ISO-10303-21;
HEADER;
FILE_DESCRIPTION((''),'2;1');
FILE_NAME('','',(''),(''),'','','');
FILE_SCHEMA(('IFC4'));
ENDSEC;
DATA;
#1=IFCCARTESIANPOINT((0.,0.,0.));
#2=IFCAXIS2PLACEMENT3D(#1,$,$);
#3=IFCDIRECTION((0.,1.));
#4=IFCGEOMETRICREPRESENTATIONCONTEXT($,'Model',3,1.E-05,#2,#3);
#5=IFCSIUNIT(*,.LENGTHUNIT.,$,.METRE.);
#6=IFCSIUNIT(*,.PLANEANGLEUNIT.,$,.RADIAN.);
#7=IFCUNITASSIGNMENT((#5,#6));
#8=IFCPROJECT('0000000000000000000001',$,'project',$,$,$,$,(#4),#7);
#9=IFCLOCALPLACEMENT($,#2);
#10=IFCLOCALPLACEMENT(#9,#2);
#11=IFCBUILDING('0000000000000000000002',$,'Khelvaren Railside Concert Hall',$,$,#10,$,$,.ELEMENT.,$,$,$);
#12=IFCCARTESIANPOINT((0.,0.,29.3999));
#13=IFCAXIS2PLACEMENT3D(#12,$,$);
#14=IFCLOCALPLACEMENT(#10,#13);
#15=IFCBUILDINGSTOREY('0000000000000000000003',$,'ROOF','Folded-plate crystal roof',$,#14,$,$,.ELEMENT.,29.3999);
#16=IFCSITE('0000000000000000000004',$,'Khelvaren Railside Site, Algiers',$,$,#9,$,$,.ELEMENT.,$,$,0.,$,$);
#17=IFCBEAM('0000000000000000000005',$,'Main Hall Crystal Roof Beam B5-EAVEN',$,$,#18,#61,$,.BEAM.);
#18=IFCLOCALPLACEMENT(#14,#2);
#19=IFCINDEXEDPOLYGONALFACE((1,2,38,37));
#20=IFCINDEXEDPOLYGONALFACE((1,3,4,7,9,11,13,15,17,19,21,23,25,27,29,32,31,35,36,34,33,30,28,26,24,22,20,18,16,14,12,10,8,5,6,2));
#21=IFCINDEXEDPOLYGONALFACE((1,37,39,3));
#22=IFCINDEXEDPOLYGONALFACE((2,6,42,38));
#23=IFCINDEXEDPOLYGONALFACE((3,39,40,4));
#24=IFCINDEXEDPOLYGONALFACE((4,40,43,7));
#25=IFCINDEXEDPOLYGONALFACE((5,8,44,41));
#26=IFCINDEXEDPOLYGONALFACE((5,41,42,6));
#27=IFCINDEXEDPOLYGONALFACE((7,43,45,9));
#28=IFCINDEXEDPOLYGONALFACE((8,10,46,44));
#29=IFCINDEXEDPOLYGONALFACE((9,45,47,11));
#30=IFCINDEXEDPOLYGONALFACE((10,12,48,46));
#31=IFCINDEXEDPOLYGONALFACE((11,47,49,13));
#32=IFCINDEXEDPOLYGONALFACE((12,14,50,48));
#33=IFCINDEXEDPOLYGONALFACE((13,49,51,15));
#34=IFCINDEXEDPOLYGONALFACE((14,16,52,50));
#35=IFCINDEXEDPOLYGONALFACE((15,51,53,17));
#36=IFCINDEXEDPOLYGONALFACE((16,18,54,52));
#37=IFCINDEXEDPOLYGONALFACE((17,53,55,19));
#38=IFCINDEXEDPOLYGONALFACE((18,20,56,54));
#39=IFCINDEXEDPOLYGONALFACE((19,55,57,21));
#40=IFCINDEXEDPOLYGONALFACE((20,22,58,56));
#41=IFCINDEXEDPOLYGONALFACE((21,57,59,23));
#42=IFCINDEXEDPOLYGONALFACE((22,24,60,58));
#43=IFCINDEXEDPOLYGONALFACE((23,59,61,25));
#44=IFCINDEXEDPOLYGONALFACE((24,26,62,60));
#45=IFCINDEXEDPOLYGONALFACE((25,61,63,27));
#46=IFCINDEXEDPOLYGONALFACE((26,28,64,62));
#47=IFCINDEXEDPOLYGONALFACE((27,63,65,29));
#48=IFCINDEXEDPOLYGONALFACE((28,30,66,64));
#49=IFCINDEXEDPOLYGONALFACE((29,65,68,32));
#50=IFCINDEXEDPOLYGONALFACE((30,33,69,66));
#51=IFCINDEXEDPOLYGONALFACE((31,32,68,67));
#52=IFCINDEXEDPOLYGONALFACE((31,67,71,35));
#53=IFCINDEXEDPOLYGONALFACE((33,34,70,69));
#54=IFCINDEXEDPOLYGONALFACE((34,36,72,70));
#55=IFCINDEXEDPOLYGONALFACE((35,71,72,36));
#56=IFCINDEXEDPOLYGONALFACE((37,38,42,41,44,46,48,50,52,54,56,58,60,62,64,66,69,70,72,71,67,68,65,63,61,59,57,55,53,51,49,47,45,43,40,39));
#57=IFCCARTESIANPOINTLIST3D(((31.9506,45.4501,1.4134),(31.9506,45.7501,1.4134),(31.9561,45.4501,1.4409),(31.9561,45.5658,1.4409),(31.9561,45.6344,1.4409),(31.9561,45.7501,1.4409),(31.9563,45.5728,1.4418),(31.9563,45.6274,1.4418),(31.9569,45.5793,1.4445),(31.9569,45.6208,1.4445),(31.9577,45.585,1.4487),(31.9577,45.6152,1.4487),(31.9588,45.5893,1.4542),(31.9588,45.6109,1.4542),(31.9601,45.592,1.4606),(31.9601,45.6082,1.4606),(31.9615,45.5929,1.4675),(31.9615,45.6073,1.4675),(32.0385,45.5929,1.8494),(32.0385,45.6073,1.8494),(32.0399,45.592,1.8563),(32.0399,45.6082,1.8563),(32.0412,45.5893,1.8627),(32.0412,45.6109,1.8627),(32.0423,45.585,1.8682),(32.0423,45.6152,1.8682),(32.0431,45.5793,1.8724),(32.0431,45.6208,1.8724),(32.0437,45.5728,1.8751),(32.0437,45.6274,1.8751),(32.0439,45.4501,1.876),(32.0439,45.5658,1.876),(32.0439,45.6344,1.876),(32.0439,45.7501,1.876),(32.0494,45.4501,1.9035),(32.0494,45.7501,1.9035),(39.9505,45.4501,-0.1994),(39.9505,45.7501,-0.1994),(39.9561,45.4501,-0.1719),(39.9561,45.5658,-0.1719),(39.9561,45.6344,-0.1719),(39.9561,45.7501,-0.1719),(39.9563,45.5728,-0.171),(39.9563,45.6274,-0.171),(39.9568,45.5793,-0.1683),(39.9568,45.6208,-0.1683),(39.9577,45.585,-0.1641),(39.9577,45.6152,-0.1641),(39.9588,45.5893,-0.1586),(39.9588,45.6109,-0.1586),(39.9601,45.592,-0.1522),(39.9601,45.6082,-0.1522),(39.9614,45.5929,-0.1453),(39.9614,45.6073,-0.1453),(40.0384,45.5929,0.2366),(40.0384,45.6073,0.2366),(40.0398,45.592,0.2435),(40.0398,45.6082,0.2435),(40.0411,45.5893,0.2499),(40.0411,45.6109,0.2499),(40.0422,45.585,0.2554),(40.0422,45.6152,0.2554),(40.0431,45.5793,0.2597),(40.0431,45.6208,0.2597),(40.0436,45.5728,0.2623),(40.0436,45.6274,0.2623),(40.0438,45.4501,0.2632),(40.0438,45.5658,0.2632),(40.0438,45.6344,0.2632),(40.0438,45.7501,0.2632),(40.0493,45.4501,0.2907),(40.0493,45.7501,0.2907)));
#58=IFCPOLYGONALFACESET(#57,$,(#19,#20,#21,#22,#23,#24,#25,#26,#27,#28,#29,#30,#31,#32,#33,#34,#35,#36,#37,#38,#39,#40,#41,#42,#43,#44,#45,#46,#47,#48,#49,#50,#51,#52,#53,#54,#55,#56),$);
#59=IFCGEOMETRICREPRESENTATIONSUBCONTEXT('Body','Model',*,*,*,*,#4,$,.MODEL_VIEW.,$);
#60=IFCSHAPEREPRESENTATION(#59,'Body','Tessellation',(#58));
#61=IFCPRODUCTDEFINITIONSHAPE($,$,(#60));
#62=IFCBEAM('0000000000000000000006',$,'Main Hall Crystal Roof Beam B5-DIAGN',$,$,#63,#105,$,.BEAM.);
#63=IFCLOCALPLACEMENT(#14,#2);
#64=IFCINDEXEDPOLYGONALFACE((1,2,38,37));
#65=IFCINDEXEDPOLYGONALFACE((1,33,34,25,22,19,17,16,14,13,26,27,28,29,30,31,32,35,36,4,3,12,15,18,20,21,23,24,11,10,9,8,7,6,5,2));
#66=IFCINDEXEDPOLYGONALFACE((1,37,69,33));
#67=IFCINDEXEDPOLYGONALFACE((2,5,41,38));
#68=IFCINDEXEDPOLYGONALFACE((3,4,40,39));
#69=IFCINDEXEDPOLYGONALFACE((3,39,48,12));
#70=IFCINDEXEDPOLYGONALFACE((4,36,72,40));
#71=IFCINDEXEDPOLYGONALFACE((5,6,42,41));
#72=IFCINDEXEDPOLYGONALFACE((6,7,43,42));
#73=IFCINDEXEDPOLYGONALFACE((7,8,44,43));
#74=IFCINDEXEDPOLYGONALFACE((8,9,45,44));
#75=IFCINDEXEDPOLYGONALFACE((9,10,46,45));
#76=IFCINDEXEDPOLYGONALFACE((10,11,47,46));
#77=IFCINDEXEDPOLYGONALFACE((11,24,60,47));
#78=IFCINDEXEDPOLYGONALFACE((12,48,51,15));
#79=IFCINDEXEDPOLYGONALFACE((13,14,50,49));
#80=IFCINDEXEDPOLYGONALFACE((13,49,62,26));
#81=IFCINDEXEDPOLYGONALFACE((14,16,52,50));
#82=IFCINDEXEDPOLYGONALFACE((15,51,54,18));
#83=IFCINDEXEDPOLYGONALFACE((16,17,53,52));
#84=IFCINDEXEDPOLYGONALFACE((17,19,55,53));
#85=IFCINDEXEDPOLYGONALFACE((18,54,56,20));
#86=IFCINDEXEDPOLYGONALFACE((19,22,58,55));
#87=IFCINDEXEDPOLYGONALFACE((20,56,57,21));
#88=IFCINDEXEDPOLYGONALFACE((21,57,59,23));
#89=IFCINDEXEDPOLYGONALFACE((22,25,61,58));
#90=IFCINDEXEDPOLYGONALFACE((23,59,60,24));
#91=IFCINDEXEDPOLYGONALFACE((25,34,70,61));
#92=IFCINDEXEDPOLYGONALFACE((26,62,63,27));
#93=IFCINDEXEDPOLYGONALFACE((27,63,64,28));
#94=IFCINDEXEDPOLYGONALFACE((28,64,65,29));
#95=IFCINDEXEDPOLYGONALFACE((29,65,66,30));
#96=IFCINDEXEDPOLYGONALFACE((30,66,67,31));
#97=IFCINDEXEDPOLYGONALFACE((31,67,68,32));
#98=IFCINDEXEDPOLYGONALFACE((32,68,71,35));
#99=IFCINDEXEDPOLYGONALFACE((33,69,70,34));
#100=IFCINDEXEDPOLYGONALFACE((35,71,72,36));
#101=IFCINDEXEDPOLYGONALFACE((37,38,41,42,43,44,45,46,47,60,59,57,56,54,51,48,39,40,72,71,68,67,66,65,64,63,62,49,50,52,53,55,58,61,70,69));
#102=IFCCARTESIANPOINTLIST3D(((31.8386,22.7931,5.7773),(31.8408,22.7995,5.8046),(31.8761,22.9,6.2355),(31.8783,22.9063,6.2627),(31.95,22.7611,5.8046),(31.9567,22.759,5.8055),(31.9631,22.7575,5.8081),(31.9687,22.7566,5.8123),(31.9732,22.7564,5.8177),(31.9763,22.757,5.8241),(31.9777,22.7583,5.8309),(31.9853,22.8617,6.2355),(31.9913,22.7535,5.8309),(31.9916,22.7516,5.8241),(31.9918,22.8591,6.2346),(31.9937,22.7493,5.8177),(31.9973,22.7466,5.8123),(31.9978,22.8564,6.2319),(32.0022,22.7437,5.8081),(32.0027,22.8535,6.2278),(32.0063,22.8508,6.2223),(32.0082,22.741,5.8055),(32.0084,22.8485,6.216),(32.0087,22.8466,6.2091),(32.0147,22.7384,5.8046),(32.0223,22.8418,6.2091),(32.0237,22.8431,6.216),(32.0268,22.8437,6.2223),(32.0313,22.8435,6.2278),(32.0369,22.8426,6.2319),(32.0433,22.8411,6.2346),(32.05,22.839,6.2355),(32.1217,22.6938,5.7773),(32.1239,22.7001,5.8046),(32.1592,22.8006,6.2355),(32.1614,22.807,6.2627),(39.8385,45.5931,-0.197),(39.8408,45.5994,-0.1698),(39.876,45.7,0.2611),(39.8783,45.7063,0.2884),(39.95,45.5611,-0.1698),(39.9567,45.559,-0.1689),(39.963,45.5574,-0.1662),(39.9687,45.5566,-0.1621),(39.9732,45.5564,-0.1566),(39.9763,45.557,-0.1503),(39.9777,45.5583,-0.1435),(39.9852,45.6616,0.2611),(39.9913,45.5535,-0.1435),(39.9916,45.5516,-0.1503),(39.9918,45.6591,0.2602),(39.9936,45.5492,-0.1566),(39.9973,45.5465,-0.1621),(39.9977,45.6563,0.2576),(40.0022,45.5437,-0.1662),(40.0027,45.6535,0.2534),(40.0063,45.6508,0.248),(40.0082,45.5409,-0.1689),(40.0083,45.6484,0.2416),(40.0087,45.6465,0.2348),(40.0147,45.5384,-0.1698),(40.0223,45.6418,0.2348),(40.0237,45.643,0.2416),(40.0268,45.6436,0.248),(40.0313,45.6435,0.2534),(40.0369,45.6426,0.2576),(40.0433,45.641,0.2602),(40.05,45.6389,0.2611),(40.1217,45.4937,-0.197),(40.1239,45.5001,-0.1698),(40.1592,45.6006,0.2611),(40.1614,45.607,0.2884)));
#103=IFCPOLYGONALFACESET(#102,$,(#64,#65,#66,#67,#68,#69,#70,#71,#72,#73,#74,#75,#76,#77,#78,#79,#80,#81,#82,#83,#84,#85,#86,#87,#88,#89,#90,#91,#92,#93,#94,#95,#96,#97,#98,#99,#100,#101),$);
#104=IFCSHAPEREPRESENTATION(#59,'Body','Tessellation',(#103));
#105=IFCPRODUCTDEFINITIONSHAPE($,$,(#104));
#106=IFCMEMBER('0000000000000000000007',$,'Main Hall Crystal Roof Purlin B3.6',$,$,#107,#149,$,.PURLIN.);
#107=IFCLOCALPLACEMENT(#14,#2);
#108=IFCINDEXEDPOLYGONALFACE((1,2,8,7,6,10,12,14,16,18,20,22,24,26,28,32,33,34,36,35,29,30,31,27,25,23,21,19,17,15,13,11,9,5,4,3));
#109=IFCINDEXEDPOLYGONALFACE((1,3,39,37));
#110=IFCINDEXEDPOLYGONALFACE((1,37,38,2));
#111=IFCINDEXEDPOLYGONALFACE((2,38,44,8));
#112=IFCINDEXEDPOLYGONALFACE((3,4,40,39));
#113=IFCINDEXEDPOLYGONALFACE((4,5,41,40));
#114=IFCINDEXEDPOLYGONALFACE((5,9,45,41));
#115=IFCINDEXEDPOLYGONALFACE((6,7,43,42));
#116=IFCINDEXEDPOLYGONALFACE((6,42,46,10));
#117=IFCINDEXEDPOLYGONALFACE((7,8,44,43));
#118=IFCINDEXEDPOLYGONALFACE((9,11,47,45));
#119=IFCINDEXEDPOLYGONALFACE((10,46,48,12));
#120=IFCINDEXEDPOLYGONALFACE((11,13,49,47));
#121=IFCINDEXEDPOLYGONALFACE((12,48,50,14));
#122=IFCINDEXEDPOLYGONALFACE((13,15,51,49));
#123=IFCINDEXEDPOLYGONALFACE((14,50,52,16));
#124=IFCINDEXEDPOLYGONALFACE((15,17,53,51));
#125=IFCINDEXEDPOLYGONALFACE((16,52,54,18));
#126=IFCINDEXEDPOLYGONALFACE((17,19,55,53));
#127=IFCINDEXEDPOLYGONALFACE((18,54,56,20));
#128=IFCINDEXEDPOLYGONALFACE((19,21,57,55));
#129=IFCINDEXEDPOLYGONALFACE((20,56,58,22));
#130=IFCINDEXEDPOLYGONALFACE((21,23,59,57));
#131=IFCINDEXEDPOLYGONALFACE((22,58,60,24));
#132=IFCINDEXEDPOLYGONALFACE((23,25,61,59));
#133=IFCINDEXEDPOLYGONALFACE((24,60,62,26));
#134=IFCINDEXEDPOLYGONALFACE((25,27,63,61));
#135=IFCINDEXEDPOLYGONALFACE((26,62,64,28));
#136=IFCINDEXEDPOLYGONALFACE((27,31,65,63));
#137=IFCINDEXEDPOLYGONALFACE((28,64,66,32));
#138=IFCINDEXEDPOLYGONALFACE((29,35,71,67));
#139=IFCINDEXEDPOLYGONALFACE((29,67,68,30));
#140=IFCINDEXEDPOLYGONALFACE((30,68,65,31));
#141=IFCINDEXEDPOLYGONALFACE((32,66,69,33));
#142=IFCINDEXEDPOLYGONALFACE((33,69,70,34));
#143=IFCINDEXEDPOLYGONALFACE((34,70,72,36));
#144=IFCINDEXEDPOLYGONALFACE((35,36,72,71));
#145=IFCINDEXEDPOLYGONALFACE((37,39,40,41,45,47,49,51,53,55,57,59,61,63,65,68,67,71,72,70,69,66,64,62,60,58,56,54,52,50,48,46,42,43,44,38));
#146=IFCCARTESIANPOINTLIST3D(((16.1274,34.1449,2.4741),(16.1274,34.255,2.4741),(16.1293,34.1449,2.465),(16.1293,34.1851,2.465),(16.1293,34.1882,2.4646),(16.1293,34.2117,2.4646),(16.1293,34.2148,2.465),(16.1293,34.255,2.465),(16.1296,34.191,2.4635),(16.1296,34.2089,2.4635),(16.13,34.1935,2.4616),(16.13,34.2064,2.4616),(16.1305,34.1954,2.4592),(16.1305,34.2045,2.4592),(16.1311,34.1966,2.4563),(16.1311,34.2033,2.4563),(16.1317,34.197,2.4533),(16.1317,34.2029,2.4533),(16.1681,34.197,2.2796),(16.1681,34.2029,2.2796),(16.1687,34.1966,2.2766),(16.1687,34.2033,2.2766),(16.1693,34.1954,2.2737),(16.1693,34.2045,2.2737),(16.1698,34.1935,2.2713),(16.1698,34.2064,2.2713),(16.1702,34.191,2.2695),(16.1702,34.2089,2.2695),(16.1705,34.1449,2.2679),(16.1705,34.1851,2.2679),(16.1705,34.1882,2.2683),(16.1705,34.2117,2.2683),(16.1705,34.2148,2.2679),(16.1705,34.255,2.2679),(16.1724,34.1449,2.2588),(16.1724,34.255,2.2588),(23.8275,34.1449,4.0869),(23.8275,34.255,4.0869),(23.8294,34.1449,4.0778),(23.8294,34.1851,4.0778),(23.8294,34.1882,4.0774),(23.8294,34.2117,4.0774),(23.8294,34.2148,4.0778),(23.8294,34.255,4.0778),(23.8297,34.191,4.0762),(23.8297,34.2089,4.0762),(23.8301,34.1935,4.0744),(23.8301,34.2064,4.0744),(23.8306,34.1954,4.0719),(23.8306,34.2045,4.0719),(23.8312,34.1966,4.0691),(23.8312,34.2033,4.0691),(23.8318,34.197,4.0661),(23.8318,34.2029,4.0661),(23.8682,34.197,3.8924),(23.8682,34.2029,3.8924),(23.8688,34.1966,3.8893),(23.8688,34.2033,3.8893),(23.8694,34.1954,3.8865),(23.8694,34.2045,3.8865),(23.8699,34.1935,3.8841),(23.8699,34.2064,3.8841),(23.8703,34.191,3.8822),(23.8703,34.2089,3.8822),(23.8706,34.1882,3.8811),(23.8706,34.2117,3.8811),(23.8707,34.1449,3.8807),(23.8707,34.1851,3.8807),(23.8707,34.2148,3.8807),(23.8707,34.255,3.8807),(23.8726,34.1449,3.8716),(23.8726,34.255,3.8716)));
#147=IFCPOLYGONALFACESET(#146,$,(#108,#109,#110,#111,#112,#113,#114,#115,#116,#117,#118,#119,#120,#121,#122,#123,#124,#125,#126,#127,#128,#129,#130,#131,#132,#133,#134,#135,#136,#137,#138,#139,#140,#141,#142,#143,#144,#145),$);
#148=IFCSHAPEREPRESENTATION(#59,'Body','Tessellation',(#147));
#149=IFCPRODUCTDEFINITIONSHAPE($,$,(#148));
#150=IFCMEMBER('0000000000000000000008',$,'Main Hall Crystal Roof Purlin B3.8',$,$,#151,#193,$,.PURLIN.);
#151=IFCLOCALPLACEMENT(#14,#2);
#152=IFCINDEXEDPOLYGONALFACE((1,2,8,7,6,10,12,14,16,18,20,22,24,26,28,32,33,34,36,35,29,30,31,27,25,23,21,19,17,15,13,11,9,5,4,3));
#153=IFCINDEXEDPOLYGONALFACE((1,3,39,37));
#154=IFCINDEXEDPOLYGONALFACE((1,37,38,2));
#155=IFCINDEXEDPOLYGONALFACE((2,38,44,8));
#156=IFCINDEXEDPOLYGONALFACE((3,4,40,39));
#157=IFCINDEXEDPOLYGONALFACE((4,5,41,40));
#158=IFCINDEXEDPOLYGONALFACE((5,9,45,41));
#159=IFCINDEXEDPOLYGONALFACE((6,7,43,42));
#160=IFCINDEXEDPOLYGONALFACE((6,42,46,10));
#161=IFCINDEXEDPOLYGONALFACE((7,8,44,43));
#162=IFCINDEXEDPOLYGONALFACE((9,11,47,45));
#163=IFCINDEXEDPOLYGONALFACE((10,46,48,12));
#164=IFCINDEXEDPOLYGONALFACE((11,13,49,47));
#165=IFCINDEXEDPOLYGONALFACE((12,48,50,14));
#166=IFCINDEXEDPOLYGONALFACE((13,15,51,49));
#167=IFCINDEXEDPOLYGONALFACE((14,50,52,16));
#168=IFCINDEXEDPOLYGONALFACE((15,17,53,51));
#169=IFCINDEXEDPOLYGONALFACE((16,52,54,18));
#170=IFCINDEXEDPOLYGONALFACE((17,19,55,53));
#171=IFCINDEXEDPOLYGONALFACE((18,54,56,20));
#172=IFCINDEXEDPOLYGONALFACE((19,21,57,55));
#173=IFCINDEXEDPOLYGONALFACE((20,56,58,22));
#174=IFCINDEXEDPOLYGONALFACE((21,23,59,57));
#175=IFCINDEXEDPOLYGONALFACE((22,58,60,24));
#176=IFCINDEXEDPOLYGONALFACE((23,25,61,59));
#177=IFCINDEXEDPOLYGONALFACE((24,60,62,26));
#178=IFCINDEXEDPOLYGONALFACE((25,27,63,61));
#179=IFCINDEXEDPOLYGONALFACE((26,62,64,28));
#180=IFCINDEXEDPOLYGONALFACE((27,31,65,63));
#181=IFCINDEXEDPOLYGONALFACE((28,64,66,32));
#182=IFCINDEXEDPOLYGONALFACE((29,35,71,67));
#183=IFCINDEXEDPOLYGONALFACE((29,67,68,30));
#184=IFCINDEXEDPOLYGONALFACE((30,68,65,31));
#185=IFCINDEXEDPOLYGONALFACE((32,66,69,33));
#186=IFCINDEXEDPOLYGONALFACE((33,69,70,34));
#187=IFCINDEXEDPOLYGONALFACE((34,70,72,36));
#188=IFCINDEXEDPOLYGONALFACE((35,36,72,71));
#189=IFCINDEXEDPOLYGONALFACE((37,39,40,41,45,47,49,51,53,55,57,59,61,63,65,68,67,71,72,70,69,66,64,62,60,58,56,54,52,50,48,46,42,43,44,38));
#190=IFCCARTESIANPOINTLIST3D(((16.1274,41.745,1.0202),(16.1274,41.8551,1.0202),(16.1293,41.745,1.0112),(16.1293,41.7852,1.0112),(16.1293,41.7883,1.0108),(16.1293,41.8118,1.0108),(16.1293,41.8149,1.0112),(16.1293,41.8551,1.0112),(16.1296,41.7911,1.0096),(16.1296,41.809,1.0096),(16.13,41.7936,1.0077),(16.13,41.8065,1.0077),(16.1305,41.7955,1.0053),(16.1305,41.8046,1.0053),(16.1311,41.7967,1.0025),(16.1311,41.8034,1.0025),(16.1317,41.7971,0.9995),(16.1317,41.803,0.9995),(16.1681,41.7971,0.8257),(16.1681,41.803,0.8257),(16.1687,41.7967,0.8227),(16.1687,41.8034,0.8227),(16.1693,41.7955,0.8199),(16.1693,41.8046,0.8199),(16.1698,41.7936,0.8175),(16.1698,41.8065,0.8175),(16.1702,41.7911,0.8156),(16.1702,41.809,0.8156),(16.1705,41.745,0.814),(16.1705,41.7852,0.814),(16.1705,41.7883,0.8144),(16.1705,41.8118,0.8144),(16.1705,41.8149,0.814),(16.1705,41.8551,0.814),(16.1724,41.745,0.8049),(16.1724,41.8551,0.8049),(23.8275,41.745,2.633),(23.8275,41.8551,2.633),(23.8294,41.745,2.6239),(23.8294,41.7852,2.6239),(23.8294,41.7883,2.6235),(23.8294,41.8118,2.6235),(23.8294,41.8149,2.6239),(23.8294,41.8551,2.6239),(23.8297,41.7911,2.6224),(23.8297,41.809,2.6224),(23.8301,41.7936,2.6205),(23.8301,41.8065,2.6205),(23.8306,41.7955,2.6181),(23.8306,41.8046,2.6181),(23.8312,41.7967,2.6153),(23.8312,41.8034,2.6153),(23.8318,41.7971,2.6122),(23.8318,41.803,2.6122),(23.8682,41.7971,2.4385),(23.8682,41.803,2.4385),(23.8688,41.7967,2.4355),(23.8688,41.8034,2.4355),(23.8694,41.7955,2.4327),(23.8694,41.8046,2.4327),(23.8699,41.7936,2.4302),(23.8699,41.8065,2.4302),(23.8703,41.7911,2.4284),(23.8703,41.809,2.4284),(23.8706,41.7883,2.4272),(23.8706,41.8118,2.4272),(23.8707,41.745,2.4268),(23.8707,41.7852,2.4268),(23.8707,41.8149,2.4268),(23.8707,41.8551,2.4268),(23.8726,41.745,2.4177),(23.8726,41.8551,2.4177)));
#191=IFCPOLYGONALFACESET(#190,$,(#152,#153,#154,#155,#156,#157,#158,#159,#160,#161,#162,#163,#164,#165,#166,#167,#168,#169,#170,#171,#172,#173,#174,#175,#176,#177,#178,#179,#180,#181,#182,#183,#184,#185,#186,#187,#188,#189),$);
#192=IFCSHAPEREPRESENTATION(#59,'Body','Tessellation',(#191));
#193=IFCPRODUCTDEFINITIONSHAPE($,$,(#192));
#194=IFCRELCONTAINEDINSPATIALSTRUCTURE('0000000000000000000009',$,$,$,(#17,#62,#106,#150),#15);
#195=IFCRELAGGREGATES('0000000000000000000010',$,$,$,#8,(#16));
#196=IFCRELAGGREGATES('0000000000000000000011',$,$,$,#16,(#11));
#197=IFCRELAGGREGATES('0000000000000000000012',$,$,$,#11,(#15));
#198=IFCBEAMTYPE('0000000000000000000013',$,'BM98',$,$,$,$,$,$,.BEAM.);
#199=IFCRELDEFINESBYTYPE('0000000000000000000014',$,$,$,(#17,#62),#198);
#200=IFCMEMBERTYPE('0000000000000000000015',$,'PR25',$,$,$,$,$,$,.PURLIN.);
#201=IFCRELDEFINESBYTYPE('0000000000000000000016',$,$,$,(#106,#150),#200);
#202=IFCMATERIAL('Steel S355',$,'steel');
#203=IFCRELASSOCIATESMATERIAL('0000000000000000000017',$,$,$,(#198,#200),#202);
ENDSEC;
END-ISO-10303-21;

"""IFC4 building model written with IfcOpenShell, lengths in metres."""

from ifc_helpers import new_model, si_unit, direction, frame, origin, origin_2d, place, context, subcontext, project, spatial, i_section, extrude, material, material_profile, profile_set, type_object, element, save


model = new_model("IFC4")

# Units and contexts
model_context = context("Model", 3, precision=1e-05, world=origin(), true_north=direction((0.0, 1.0)))
body_context = subcontext(model_context, "Body", "Model", "MODEL_VIEW")
ifc_project = project(units=[si_unit("LENGTHUNIT", "METRE"), si_unit("PLANEANGLEUNIT", "RADIAN")], contexts=[model_context])

# Site, building, storey
site_placement = place(None, origin())
site = spatial("IfcSite", under=ifc_project, at=site_placement, Name="Khelvaren Railside Site, Algiers", CompositionType="ELEMENT", RefElevation=0.0)
building_placement = place(site_placement, origin())
building = spatial("IfcBuilding", under=site, at=building_placement, Name="Khelvaren Railside Concert Hall", CompositionType="ELEMENT")
storey_placement = place(building_placement, frame((0.0, 0.0, 29.3999)))
storey = spatial("IfcBuildingStorey", under=building, at=storey_placement, Name="ROOF", Description="Folded-plate crystal roof", CompositionType="ELEMENT", Elevation=29.3999)

# Beams
ifc_material_1 = material(Name="Steel S355", Category="steel")
ifc_material_profile_1 = material_profile(ifc_material_1, i_section(OverallWidth=0.3, OverallDepth=0.5, WebThickness=0.0144, FlangeThickness=0.0281, FilletRadius=0.0271, at=origin_2d()), Name="HEB 500")
ifc_profile_set_1 = profile_set([ifc_material_profile_1], Name="Steel S355")
beam_type = type_object("IfcBeamType", Name="BM98", PredefinedType="BEAM", material=ifc_profile_set_1)
for number, where, z_axis, x_axis, name in (
    (1, (32.0, 45.6001, 1.6584), (0.980278, 0.0, -0.197623), (0.0, 1.0, 0.0), "Main Hall Crystal Roof Beam B5-EAVEN"),
):
    element("IfcBeam", number, at=place(storey_placement, frame(where, z_axis=z_axis, x_axis=x_axis)), inside=storey, type_object=beam_type, Name=name, PredefinedType="BEAM", context=body_context, shape_type="SweptSolid", body=[
        extrude(i_section(OverallWidth=0.3, OverallDepth=0.5, WebThickness=0.0144, FlangeThickness=0.0281, FilletRadius=0.0271, at=origin_2d()), origin(), (0.0, 0.0, 1.0), 8.1609),
    ])
beam_1_placement = place(storey_placement, frame((32.0, 22.8, 6.02), z_axis=(0.321408, 0.916015, -0.240026), x_axis=(-0.9436, 0.331087, 0.0)))
element("IfcBeam", 2, at=beam_1_placement, inside=storey, type_object=beam_type, Name="Main Hall Crystal Roof Beam B5-DIAGN", PredefinedType="BEAM", context=body_context, shape_type="SweptSolid", body=[
    extrude(i_section(OverallWidth=0.3, OverallDepth=0.5, WebThickness=0.0144, FlangeThickness=0.0281, FilletRadius=0.0271, at=origin_2d()), origin(), (0.0, 0.0, 1.0), 24.8904),
])

# Members
ifc_material_profile_2 = material_profile(ifc_material_1, i_section(OverallWidth=0.1101, OverallDepth=0.22, WebThickness=0.0059, FlangeThickness=0.0093, FilletRadius=0.012, at=origin_2d()), Name="IPE 220")
ifc_profile_set_2 = profile_set([ifc_material_profile_2], Name="Steel S355")
member_type_1 = type_object("IfcMemberType", Name="PR25", PredefinedType="PURLIN", material=ifc_profile_set_2)
for number, where, z_axis, x_axis, name in (
    (3, (16.1499, 34.2, 2.3665), (0.978762, 0.0, 0.205), (0.0, 1.0, 0.0), "Main Hall Crystal Roof Purlin B3.6"),
    (4, (16.1499, 41.8, 0.9126), (0.978762, 0.0, 0.205), (0.0, 1.0, 0.0), "Main Hall Crystal Roof Purlin B3.8"),
):
    element("IfcMember", number, at=place(storey_placement, frame(where, z_axis=z_axis, x_axis=x_axis)), inside=storey, type_object=member_type_1, Name=name, PredefinedType="PURLIN", context=body_context, shape_type="SweptSolid", body=[
        extrude(i_section(OverallWidth=0.1101, OverallDepth=0.22, WebThickness=0.0059, FlangeThickness=0.0093, FilletRadius=0.012, at=origin_2d()), origin(), (0.0, 0.0, 1.0), 7.8672),
    ])

save(model, "model.ifc")
